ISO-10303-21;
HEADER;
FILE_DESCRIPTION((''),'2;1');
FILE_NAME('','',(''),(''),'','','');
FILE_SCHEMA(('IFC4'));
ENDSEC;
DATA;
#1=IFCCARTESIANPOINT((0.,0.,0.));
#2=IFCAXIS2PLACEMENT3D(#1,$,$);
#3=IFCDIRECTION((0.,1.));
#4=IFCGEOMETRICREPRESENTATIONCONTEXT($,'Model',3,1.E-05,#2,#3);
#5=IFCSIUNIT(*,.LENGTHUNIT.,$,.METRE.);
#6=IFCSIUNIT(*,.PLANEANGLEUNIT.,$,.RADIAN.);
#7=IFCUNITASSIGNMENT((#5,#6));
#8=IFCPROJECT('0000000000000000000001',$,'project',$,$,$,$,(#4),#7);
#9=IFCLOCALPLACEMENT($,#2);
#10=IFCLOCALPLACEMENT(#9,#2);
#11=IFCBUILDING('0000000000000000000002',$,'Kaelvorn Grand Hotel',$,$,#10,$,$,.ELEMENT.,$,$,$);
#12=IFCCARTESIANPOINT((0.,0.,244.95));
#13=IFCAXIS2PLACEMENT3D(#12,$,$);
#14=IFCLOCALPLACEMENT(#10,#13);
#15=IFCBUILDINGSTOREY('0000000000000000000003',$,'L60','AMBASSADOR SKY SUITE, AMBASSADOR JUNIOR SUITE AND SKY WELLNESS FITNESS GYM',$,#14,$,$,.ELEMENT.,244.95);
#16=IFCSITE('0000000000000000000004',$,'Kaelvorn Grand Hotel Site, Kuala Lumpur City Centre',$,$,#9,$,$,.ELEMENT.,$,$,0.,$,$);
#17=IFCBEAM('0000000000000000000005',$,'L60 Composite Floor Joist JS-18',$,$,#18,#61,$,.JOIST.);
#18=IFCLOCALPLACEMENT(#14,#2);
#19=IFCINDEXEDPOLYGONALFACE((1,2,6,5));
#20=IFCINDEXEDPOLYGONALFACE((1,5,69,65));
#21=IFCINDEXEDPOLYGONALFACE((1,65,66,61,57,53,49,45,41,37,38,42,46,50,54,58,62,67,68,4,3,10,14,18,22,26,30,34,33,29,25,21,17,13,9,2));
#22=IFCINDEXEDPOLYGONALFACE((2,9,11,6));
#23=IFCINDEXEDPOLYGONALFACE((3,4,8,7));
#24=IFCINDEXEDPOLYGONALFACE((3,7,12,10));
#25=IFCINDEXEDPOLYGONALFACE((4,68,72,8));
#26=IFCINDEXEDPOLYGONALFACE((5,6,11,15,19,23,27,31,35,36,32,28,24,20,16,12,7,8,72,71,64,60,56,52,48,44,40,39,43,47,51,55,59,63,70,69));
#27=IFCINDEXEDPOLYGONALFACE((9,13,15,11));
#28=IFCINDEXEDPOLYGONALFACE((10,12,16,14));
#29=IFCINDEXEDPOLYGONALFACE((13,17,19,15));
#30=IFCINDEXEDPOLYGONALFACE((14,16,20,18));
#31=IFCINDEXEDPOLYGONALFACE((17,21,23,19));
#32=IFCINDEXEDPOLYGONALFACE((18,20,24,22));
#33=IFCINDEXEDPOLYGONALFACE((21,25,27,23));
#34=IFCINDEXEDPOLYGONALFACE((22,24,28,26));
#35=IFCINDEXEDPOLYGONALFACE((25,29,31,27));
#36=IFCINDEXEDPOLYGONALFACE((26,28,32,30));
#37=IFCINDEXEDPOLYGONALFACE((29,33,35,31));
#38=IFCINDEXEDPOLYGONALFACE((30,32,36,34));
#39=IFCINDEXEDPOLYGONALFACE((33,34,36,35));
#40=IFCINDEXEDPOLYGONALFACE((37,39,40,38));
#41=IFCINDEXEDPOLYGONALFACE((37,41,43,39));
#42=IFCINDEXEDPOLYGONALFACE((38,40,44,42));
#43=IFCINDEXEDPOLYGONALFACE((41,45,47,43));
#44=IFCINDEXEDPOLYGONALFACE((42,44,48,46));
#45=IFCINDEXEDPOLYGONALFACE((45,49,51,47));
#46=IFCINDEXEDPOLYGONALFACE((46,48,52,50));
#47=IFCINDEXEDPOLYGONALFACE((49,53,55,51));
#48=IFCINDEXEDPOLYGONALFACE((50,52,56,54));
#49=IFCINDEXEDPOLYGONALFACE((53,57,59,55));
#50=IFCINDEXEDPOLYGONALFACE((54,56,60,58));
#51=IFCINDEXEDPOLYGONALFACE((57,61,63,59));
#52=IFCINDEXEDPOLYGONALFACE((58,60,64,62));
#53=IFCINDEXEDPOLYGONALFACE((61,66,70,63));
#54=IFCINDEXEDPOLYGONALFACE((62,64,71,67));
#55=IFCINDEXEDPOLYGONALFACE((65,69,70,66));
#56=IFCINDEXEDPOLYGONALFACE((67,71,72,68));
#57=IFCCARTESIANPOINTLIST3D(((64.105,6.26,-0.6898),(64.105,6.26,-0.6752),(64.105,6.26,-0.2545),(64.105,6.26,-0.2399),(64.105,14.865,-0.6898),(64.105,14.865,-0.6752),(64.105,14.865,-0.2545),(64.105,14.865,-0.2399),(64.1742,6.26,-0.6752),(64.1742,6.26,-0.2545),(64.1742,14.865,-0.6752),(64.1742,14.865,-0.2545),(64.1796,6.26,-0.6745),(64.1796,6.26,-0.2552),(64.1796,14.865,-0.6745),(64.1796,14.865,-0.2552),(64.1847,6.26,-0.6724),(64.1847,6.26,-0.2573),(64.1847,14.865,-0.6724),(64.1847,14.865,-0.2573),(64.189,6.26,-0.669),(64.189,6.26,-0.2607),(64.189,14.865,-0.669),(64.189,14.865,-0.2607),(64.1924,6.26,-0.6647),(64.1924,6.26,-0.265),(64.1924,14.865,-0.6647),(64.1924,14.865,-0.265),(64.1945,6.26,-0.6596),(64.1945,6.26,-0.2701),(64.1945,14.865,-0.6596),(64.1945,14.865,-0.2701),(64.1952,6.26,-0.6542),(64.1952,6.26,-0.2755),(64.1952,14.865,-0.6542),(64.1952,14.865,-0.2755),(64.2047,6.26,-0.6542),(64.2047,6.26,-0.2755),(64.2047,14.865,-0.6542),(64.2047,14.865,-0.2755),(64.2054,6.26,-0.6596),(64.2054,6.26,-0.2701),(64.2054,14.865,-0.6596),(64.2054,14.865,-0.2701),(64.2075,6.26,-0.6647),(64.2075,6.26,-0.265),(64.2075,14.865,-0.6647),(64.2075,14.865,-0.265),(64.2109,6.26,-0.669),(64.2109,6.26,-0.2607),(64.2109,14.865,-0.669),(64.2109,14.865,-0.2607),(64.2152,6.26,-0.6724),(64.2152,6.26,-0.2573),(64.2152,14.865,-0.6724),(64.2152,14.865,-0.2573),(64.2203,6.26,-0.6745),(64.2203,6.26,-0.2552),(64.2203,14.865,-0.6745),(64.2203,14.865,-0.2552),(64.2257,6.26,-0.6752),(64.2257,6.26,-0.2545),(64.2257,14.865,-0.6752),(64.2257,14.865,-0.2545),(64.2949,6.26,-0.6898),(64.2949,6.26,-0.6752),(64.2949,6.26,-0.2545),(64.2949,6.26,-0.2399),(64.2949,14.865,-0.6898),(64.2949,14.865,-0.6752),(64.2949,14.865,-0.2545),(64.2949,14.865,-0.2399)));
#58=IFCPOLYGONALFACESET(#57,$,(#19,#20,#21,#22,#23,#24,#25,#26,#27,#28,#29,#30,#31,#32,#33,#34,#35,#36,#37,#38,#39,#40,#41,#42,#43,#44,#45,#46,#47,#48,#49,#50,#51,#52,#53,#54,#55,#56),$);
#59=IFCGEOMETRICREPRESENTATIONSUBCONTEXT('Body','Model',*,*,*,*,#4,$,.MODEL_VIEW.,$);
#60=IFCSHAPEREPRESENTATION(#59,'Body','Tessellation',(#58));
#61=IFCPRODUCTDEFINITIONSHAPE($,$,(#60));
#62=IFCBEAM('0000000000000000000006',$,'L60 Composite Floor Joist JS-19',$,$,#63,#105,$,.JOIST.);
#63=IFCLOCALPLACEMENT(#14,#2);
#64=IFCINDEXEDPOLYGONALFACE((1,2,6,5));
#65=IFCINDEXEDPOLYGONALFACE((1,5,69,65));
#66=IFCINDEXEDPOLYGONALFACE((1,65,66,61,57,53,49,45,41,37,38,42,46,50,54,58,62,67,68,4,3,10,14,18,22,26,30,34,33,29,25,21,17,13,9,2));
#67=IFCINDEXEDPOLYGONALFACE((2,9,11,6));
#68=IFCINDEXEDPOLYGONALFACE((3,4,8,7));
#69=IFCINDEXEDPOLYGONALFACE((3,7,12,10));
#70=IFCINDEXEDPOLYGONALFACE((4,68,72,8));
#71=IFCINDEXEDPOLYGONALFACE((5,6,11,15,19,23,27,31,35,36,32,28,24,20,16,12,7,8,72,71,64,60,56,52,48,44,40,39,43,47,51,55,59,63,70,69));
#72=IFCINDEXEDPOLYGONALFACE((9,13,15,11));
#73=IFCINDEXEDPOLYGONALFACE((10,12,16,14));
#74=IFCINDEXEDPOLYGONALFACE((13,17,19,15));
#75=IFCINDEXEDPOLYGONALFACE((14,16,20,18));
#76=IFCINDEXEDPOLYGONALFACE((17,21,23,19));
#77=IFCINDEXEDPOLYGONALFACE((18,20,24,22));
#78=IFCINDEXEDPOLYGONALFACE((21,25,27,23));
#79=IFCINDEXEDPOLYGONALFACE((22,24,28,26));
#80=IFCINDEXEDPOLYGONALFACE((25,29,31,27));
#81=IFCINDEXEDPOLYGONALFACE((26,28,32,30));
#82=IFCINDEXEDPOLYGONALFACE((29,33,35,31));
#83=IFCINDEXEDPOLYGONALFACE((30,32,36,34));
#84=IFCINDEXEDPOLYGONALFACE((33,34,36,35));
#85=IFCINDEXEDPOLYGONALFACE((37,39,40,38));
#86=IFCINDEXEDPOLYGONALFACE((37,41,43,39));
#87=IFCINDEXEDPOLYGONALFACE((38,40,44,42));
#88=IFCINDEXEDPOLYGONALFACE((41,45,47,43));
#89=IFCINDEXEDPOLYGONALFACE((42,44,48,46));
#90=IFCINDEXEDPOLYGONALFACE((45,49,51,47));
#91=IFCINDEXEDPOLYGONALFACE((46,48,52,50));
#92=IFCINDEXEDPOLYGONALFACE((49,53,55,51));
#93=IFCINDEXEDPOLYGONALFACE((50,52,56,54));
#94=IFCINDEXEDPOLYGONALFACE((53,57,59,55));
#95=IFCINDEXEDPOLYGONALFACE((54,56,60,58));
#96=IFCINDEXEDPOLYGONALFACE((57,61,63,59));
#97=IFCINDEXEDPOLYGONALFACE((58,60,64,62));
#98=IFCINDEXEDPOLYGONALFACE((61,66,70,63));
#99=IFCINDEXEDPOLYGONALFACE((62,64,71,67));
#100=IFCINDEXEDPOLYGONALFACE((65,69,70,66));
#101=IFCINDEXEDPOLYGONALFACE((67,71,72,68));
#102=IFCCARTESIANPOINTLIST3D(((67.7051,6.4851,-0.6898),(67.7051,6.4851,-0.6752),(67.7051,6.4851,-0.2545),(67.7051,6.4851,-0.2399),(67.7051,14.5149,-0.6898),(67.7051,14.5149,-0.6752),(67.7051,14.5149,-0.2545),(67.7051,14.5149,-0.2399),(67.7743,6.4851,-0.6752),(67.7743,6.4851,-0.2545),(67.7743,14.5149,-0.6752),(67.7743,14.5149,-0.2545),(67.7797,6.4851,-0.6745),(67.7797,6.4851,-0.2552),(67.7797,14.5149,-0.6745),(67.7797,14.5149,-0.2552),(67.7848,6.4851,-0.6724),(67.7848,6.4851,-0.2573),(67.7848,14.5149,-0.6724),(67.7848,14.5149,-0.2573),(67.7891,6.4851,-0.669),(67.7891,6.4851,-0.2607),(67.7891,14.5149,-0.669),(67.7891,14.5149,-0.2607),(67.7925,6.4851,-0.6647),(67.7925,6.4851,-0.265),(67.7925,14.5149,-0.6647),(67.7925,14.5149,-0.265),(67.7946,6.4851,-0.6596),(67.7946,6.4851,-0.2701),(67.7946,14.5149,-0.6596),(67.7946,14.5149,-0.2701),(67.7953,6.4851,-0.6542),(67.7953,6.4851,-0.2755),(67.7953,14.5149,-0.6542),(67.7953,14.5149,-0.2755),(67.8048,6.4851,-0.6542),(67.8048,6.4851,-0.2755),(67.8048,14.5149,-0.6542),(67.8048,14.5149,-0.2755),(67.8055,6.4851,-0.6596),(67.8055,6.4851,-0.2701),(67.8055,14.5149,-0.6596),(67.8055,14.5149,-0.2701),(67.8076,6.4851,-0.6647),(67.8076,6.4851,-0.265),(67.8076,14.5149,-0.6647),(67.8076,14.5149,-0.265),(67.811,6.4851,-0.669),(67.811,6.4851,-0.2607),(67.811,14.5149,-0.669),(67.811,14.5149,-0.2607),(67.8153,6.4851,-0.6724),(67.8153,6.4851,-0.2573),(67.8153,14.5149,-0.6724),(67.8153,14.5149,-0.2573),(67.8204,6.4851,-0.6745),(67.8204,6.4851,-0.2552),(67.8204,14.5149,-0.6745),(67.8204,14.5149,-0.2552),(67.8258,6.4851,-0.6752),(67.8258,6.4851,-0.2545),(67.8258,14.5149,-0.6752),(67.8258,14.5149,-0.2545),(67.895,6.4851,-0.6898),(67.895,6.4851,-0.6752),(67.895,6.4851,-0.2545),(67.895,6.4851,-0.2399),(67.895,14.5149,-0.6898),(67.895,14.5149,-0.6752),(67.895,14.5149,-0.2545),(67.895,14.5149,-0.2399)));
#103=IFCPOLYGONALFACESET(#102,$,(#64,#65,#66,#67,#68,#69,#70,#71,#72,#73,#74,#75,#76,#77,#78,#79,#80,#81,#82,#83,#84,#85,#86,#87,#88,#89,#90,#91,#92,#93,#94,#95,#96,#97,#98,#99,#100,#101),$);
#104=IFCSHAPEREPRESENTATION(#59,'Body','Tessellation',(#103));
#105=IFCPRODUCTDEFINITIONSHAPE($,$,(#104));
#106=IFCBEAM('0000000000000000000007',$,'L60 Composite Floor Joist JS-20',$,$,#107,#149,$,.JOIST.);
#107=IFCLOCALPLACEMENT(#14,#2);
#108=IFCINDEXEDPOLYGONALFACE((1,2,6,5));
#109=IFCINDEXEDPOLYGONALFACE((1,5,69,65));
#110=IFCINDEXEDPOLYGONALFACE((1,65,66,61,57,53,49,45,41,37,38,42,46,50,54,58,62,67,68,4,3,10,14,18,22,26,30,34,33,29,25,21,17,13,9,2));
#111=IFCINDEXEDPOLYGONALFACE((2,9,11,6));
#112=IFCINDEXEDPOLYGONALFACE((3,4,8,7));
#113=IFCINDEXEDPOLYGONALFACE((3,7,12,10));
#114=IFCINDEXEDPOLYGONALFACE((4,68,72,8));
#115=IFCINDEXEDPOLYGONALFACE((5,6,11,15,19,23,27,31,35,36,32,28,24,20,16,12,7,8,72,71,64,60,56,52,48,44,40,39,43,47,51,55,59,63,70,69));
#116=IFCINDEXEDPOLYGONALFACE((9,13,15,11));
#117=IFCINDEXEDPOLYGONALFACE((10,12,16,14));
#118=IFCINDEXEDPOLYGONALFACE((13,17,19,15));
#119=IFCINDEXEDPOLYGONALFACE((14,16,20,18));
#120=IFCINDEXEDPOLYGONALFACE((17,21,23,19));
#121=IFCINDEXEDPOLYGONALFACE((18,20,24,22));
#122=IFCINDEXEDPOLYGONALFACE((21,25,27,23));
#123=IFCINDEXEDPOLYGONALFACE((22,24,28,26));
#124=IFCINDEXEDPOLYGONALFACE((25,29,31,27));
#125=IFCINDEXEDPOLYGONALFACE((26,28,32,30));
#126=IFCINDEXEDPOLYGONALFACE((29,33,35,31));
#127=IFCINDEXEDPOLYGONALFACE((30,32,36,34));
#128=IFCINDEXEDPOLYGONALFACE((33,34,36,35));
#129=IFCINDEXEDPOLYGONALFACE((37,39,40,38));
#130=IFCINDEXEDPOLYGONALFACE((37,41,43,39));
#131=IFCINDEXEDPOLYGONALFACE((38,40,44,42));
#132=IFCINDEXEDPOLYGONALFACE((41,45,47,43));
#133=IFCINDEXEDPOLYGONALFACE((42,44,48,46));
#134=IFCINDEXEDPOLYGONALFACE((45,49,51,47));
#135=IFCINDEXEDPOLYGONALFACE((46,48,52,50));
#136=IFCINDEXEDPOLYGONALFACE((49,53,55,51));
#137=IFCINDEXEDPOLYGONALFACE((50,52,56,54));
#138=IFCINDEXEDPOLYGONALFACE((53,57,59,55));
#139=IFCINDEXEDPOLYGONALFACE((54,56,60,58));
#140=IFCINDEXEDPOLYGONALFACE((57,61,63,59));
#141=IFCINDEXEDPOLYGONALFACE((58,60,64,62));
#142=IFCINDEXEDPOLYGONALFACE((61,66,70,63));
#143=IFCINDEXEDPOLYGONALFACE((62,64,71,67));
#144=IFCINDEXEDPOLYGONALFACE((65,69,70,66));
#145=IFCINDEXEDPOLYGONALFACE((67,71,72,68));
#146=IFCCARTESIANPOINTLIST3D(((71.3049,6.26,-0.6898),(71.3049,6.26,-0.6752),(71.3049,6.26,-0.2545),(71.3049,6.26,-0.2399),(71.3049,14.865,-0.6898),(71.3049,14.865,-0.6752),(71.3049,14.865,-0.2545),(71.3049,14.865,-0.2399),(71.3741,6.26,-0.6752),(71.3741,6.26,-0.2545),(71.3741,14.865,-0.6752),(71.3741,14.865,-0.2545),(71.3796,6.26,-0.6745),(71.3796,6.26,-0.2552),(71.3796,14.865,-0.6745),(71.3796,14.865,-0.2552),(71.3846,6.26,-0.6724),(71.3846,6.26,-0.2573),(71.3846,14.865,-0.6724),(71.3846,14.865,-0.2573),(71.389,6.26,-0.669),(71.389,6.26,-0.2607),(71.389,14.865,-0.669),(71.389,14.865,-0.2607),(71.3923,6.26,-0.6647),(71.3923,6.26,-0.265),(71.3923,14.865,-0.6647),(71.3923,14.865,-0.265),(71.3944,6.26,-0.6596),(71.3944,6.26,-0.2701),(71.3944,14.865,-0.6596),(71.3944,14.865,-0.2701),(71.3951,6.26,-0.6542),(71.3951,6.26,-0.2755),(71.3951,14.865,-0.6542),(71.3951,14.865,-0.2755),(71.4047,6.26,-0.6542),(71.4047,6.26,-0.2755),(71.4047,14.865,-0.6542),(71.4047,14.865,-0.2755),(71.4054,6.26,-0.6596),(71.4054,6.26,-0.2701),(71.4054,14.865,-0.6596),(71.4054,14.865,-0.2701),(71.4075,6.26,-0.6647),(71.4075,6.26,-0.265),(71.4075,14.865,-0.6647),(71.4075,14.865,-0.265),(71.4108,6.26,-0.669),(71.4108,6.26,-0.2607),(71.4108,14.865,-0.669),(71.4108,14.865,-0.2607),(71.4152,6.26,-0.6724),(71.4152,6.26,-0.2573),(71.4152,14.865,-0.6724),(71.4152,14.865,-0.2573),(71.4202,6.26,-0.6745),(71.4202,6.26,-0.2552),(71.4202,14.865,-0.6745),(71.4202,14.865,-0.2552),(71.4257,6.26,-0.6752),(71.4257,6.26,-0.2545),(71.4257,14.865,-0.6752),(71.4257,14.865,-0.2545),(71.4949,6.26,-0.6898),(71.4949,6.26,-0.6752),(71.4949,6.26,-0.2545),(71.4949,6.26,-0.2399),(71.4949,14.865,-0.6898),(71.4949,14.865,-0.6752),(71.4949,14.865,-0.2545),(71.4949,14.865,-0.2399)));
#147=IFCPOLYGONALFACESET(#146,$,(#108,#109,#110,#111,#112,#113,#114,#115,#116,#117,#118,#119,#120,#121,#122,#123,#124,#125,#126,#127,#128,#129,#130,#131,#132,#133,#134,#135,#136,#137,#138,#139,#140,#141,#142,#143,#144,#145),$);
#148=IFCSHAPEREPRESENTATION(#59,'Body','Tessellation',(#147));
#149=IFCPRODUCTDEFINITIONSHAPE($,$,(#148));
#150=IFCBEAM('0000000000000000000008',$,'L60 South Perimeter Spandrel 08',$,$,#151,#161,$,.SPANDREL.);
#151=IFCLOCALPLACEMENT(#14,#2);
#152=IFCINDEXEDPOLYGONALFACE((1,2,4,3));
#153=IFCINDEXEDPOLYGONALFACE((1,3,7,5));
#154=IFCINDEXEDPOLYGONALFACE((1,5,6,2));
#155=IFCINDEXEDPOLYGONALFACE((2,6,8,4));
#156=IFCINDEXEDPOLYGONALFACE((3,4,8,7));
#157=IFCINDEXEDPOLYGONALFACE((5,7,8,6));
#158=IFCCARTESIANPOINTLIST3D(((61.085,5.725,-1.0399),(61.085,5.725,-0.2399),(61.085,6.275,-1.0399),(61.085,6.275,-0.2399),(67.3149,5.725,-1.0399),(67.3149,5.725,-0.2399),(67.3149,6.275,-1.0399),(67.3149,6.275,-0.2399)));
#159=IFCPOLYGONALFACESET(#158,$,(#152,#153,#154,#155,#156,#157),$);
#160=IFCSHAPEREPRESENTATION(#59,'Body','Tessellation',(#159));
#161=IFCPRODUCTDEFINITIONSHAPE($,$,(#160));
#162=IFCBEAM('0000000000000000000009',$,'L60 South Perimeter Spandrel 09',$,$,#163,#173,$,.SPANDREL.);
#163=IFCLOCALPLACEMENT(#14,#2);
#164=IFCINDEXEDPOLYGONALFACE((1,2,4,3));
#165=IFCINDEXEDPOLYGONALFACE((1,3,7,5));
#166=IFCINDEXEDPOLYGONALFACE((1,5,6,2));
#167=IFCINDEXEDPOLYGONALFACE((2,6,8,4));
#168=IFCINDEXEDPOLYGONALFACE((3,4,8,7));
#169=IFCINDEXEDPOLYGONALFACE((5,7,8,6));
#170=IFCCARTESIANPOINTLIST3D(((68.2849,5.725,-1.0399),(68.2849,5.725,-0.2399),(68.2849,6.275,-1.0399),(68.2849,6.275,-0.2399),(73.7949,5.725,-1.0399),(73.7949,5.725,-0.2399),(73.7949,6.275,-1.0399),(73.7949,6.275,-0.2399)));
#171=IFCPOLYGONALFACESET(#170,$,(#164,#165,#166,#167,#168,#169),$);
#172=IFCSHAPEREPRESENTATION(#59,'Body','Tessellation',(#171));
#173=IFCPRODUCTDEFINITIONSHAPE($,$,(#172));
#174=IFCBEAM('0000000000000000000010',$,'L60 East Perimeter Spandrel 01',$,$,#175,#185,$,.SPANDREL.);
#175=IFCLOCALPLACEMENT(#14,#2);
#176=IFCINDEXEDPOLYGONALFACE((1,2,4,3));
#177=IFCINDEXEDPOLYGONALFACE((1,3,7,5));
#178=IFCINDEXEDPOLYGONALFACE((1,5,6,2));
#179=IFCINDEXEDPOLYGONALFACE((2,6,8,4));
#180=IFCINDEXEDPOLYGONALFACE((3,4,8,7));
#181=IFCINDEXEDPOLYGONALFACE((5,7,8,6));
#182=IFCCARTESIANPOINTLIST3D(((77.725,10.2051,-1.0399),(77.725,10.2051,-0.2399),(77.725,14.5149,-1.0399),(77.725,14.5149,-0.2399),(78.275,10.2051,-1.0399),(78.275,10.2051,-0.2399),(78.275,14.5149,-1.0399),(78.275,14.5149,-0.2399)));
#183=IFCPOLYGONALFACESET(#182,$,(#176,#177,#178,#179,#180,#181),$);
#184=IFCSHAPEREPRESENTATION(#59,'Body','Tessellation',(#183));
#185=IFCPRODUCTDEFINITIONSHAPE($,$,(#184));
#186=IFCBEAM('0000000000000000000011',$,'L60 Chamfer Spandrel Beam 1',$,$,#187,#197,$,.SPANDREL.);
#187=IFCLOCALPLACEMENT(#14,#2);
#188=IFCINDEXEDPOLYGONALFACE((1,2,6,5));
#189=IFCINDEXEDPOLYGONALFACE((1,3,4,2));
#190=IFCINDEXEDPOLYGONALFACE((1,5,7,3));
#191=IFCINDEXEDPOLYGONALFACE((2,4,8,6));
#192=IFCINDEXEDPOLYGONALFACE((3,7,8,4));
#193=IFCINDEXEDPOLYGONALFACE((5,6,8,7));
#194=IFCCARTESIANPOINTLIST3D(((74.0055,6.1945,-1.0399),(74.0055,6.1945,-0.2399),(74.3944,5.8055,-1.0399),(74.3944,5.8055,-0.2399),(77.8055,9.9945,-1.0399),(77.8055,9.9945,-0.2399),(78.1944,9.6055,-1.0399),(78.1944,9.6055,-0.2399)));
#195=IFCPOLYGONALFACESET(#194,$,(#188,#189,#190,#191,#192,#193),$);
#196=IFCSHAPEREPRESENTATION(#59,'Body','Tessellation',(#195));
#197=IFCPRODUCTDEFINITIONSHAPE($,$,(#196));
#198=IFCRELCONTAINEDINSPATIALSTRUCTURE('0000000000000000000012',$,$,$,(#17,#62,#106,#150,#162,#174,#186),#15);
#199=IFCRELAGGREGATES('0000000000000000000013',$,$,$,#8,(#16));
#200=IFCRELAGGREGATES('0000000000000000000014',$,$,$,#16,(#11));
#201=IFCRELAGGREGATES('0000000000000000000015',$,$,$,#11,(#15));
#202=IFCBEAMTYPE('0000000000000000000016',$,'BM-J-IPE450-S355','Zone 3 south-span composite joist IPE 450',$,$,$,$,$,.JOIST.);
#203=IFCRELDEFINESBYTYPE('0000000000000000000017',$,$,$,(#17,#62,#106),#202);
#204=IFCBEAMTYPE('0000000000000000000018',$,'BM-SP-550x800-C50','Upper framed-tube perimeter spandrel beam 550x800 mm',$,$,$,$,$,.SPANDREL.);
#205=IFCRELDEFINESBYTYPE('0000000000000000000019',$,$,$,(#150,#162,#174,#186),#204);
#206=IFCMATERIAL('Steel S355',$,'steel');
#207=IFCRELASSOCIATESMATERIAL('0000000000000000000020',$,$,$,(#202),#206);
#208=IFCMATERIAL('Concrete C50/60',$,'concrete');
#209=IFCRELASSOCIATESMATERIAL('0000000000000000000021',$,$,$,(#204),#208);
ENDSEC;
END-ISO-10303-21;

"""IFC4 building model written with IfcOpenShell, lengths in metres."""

from ifc_helpers import new_model, si_unit, direction, frame, origin, origin_2d, place, context, subcontext, project, spatial, rectangle, i_section, extrude, material, material_profile, profile_set, type_object, element, save


model = new_model("IFC4")

# Units and contexts
model_context = context("Model", 3, precision=1e-05, world=origin(), true_north=direction((0.0, 1.0)))
body_context = subcontext(model_context, "Body", "Model", "MODEL_VIEW")
ifc_project = project(units=[si_unit("LENGTHUNIT", "METRE"), si_unit("PLANEANGLEUNIT", "RADIAN")], contexts=[model_context])

# Site, building, storey
site_placement = place(None, origin())
site = spatial("IfcSite", under=ifc_project, at=site_placement, Name="Kaelvorn Grand Hotel Site, Kuala Lumpur City Centre", CompositionType="ELEMENT", RefElevation=0.0)
building_placement = place(site_placement, origin())
building = spatial("IfcBuilding", under=site, at=building_placement, Name="Kaelvorn Grand Hotel", CompositionType="ELEMENT")
storey_placement = place(building_placement, frame((0.0, 0.0, 244.95)))
storey = spatial("IfcBuildingStorey", under=building, at=storey_placement, Name="L60", Description="AMBASSADOR SKY SUITE, AMBASSADOR JUNIOR SUITE AND SKY WELLNESS FITNESS GYM", CompositionType="ELEMENT", Elevation=244.95)

# Shared definitions
ifc_material_1 = material(Name="Concrete C50/60", Category="concrete")

# Beams
ifc_material_2 = material(Name="Steel S355", Category="steel")
ifc_material_profile_1 = material_profile(ifc_material_2, i_section(OverallWidth=0.1899, OverallDepth=0.45, WebThickness=0.0095, FlangeThickness=0.0146, FilletRadius=0.021, at=origin_2d()), Name="IPE 450")
ifc_profile_set_1 = profile_set([ifc_material_profile_1], Name="Steel S355")
beam_type_1 = type_object("IfcBeamType", Name="BM-J-IPE450-S355", Description="Zone 3 south-span composite joist IPE 450", PredefinedType="JOIST", material=ifc_profile_set_1)
beam_1_placement = place(storey_placement, frame((64.2, 6.26, -0.4648), z_axis=(0.0, 1.0, 0.0), x_axis=(-1.0, 0.0, 0.0)))
element("IfcBeam", 1, at=beam_1_placement, inside=storey, type_object=beam_type_1, Name="L60 Composite Floor Joist JS-18", PredefinedType="JOIST", context=body_context, shape_type="SweptSolid", body=[
    extrude(i_section(OverallWidth=0.1899, OverallDepth=0.45, WebThickness=0.0095, FlangeThickness=0.0146, FilletRadius=0.021, at=origin_2d()), origin(), (0.0, 0.0, 1.0), 8.605),
])
beam_2_placement = place(storey_placement, frame((67.8, 6.4851, -0.4648), z_axis=(0.0, 1.0, 0.0), x_axis=(-1.0, 0.0, 0.0)))
element("IfcBeam", 2, at=beam_2_placement, inside=storey, type_object=beam_type_1, Name="L60 Composite Floor Joist JS-19", PredefinedType="JOIST", context=body_context, shape_type="SweptSolid", body=[
    extrude(i_section(OverallWidth=0.1899, OverallDepth=0.45, WebThickness=0.0095, FlangeThickness=0.0146, FilletRadius=0.021, at=origin_2d()), origin(), (0.0, 0.0, 1.0), 8.0298),
])
beam_3_placement = place(storey_placement, frame((71.3999, 6.26, -0.4648), z_axis=(0.0, 1.0, 0.0), x_axis=(-1.0, 0.0, 0.0)))
element("IfcBeam", 3, at=beam_3_placement, inside=storey, type_object=beam_type_1, Name="L60 Composite Floor Joist JS-20", PredefinedType="JOIST", context=body_context, shape_type="SweptSolid", body=[
    extrude(i_section(OverallWidth=0.1899, OverallDepth=0.45, WebThickness=0.0095, FlangeThickness=0.0146, FilletRadius=0.021, at=origin_2d()), origin(), (0.0, 0.0, 1.0), 8.605),
])
ifc_material_profile_2 = material_profile(ifc_material_1, rectangle(XDim=0.55, YDim=0.8, at=origin_2d()), Name="RC SPANDREL 550x800")
ifc_profile_set_2 = profile_set([ifc_material_profile_2], Name="Concrete C50/60")
beam_type_2 = type_object("IfcBeamType", Name="BM-SP-550x800-C50", Description="Upper framed-tube perimeter spandrel beam 550x800 mm", PredefinedType="SPANDREL", material=ifc_profile_set_2)
beam_4_placement = place(storey_placement, frame((61.085, 6.0, -0.6399), z_axis=(1.0, 0.0, 0.0), x_axis=(0.0, 1.0, 0.0)))
element("IfcBeam", 4, at=beam_4_placement, inside=storey, type_object=beam_type_2, Name="L60 South Perimeter Spandrel 08", PredefinedType="SPANDREL", context=body_context, shape_type="SweptSolid", body=[
    extrude(rectangle(XDim=0.55, YDim=0.8, at=origin_2d()), origin(), (0.0, 0.0, 1.0), 6.23),
])
beam_5_placement = place(storey_placement, frame((68.2849, 6.0, -0.6399), z_axis=(1.0, 0.0, 0.0), x_axis=(0.0, 1.0, 0.0)))
element("IfcBeam", 5, at=beam_5_placement, inside=storey, type_object=beam_type_2, Name="L60 South Perimeter Spandrel 09", PredefinedType="SPANDREL", context=body_context, shape_type="SweptSolid", body=[
    extrude(rectangle(XDim=0.55, YDim=0.8, at=origin_2d()), origin(), (0.0, 0.0, 1.0), 5.51),
])
beam_6_placement = place(storey_placement, frame((78.0, 10.2051, -0.6399), z_axis=(0.0, 1.0, 0.0), x_axis=(-1.0, 0.0, 0.0)))
element("IfcBeam", 6, at=beam_6_placement, inside=storey, type_object=beam_type_2, Name="L60 East Perimeter Spandrel 01", PredefinedType="SPANDREL", context=body_context, shape_type="SweptSolid", body=[
    extrude(rectangle(XDim=0.55, YDim=0.8, at=origin_2d()), origin(), (0.0, 0.0, 1.0), 4.3098),
])
beam_7_placement = place(storey_placement, frame((74.2, 6.0, -0.6399), z_axis=(0.707107, 0.707107, 0.0), x_axis=(-0.707107, 0.707107, 0.0)))
element("IfcBeam", 7, at=beam_7_placement, inside=storey, type_object=beam_type_2, Name="L60 Chamfer Spandrel Beam 1", PredefinedType="SPANDREL", context=body_context, shape_type="SweptSolid", body=[
    extrude(rectangle(XDim=0.55, YDim=0.8, at=origin_2d()), origin(), (0.0, 0.0, 1.0), 5.374),
])

save(model, "model.ifc")
